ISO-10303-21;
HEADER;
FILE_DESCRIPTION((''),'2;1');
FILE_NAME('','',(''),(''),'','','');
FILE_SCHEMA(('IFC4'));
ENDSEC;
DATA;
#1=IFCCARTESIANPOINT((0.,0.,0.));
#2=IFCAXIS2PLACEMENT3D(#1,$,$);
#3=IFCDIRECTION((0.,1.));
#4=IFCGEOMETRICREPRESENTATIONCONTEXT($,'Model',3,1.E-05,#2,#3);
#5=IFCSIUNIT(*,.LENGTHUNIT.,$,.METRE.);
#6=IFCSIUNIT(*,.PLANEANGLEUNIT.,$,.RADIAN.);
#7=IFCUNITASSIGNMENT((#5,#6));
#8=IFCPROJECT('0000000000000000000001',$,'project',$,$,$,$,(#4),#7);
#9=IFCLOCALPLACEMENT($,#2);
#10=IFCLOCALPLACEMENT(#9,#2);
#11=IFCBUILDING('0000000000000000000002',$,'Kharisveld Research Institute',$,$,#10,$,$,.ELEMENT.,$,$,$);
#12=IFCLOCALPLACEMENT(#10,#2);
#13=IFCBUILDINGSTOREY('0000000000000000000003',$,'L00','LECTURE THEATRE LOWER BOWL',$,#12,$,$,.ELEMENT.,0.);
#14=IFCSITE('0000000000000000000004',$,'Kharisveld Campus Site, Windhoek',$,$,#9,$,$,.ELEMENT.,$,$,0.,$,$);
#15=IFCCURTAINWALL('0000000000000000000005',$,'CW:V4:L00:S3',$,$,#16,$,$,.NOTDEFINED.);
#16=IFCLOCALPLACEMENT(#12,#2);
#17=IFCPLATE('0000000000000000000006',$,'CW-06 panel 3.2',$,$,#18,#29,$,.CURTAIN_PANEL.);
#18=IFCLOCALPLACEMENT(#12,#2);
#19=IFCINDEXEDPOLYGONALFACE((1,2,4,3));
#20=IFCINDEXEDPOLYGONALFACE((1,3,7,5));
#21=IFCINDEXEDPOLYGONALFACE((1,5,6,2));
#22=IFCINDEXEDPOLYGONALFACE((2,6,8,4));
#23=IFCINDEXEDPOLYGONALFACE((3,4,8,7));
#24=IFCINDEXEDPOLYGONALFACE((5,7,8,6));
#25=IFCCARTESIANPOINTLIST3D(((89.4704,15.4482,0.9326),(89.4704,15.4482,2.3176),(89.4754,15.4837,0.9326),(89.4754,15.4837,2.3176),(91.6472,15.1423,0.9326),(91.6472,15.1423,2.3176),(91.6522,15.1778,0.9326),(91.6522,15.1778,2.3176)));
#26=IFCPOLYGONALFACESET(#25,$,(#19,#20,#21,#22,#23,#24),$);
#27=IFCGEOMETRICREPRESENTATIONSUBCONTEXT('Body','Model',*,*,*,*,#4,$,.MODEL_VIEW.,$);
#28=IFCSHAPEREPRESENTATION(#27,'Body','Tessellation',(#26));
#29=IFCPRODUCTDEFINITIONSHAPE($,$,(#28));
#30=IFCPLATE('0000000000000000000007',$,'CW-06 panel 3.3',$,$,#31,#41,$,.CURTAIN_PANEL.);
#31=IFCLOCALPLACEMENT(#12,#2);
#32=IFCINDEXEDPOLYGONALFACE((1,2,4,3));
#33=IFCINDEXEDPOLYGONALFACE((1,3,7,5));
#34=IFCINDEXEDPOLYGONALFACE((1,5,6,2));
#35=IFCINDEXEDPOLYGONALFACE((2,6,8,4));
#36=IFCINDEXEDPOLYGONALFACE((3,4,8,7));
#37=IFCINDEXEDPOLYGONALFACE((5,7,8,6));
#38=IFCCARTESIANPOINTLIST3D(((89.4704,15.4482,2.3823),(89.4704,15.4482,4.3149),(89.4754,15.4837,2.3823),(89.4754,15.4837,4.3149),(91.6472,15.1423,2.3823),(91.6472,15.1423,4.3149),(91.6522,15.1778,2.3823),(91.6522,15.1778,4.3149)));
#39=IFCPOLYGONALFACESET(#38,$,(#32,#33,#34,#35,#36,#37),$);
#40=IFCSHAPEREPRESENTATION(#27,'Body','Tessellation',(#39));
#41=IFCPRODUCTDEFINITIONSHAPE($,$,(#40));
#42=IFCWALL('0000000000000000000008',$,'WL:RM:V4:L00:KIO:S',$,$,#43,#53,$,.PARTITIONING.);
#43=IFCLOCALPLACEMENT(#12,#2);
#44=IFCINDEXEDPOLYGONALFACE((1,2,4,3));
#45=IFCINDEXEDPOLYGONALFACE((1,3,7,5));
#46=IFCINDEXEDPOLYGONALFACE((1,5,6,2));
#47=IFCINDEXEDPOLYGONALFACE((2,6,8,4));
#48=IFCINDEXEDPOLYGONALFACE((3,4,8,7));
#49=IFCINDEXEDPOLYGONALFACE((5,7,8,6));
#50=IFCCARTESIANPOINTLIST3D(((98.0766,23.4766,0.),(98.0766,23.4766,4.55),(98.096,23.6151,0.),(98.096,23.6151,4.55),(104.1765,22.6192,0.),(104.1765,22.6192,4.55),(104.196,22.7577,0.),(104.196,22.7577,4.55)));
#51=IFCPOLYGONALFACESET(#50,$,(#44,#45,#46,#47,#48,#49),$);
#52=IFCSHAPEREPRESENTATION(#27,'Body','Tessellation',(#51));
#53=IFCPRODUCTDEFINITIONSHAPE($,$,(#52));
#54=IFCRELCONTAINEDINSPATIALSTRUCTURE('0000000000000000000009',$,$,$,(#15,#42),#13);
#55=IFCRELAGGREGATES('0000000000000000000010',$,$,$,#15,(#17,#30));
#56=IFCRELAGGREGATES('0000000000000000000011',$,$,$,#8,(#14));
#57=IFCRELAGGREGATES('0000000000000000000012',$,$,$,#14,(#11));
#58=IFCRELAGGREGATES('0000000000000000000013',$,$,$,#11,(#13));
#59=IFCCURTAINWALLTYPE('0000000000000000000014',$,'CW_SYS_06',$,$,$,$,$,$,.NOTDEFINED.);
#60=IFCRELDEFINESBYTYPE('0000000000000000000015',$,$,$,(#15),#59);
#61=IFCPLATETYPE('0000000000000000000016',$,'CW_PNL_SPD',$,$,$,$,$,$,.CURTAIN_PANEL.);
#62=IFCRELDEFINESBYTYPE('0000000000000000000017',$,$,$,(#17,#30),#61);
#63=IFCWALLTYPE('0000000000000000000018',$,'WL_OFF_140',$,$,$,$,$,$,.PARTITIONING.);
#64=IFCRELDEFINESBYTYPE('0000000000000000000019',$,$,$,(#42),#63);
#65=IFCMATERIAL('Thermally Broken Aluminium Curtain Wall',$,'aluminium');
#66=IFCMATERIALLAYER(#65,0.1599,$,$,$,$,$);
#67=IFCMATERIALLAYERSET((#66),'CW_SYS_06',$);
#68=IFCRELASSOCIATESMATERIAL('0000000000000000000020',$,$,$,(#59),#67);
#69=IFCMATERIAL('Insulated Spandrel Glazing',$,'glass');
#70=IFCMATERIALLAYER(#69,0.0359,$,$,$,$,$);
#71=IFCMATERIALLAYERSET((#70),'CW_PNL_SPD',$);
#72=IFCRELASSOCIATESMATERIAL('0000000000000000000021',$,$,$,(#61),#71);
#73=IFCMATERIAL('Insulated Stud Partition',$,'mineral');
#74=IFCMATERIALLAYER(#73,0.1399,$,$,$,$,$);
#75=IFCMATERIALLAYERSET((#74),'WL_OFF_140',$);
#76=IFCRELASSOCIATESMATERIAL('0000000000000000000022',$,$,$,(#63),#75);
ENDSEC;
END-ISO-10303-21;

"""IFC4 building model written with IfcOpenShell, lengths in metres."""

from ifc_helpers import new_model, si_unit, direction, frame, frame_2d, origin, origin_2d, place, context, subcontext, project, spatial, rectangle, extrude, material, layer, layer_set, type_object, element, aggregate, save


model = new_model("IFC4")

# Units and contexts
model_context = context("Model", 3, precision=1e-05, world=origin(), true_north=direction((0.0, 1.0)))
body_context = subcontext(model_context, "Body", "Model", "MODEL_VIEW")
ifc_project = project(units=[si_unit("LENGTHUNIT", "METRE"), si_unit("PLANEANGLEUNIT", "RADIAN")], contexts=[model_context])

# Site, building, storey
site_placement = place(None, origin())
site = spatial("IfcSite", under=ifc_project, at=site_placement, Name="Kharisveld Campus Site, Windhoek", CompositionType="ELEMENT", RefElevation=0.0)
building_placement = place(site_placement, origin())
building = spatial("IfcBuilding", under=site, at=building_placement, Name="Kharisveld Research Institute", CompositionType="ELEMENT")
storey_placement = place(building_placement, origin())
storey = spatial("IfcBuildingStorey", under=building, at=storey_placement, Name="L00", Description="LECTURE THEATRE LOWER BOWL", CompositionType="ELEMENT", Elevation=0.0)

# Curtain wall
ifc_material_1 = material(Name="Thermally Broken Aluminium Curtain Wall", Category="aluminium")
ifc_layer_1 = layer(ifc_material_1, 0.1599)
ifc_layer_set_1 = layer_set([ifc_layer_1], Name="CW_SYS_06")
curtain_wall_type = type_object("IfcCurtainWallType", Name="CW_SYS_06", PredefinedType="NOTDEFINED", material=ifc_layer_set_1)
curtain_wall_placement = place(storey_placement, origin())
curtain_wall = element("IfcCurtainWall", 1, at=curtain_wall_placement, inside=storey, type_object=curtain_wall_type, Name="CW:V4:L00:S3", PredefinedType="NOTDEFINED")

# Plates
ifc_material_2 = material(Name="Insulated Spandrel Glazing", Category="glass")
ifc_layer_2 = layer(ifc_material_2, 0.0359)
ifc_layer_set_2 = layer_set([ifc_layer_2], Name="CW_PNL_SPD")
plate_type = type_object("IfcPlateType", Name="CW_PNL_SPD", PredefinedType="CURTAIN_PANEL", material=ifc_layer_set_2)
plate_1_placement = place(storey_placement, frame((90.5613, 15.313, 0.9326), z_axis=(0.0, 0.0, 1.0), x_axis=(-0.990268, 0.139173, 0.0)))
plate_1 = element("IfcPlate", 2, at=plate_1_placement, type_object=plate_type, Name="CW-06 panel 3.2", PredefinedType="CURTAIN_PANEL", context=body_context, shape_type="SweptSolid", body=[
    extrude(rectangle(XDim=2.1982, YDim=0.0359, at=origin_2d()), origin(), (0.0, 0.0, 1.0), 1.385),
])
plate_2_placement = place(storey_placement, frame((90.5613, 15.313, 2.3823), z_axis=(0.0, 0.0, 1.0), x_axis=(-0.990268, 0.139173, 0.0)))
plate_2 = element("IfcPlate", 3, at=plate_2_placement, type_object=plate_type, Name="CW-06 panel 3.3", PredefinedType="CURTAIN_PANEL", context=body_context, shape_type="SweptSolid", body=[
    extrude(rectangle(XDim=2.1982, YDim=0.0359, at=origin_2d()), origin(), (0.0, 0.0, 1.0), 1.9326),
])
aggregate(curtain_wall, [plate_1, plate_2])

# Wall
ifc_material_3 = material(Name="Insulated Stud Partition", Category="mineral")
ifc_layer_3 = layer(ifc_material_3, 0.1399)
ifc_layer_set_3 = layer_set([ifc_layer_3], Name="WL_OFF_140")
wall_type = type_object("IfcWallType", Name="WL_OFF_140", PredefinedType="PARTITIONING", material=ifc_layer_set_3)
wall_placement = place(storey_placement, frame((98.0862, 23.5459, 0.0), z_axis=(0.0, 0.0, 1.0), x_axis=(0.990265, -0.139196, 0.0)))
element("IfcWall", 4, at=wall_placement, inside=storey, type_object=wall_type, Name="WL:RM:V4:L00:KIO:S", PredefinedType="PARTITIONING", context=body_context, shape_type="SweptSolid", body=[
    extrude(rectangle(XDim=6.1599, YDim=0.1399, at=frame_2d((3.0801, 0.0))), origin(), (0.0, 0.0, 1.0), 4.55),
])

save(model, "model.ifc")
